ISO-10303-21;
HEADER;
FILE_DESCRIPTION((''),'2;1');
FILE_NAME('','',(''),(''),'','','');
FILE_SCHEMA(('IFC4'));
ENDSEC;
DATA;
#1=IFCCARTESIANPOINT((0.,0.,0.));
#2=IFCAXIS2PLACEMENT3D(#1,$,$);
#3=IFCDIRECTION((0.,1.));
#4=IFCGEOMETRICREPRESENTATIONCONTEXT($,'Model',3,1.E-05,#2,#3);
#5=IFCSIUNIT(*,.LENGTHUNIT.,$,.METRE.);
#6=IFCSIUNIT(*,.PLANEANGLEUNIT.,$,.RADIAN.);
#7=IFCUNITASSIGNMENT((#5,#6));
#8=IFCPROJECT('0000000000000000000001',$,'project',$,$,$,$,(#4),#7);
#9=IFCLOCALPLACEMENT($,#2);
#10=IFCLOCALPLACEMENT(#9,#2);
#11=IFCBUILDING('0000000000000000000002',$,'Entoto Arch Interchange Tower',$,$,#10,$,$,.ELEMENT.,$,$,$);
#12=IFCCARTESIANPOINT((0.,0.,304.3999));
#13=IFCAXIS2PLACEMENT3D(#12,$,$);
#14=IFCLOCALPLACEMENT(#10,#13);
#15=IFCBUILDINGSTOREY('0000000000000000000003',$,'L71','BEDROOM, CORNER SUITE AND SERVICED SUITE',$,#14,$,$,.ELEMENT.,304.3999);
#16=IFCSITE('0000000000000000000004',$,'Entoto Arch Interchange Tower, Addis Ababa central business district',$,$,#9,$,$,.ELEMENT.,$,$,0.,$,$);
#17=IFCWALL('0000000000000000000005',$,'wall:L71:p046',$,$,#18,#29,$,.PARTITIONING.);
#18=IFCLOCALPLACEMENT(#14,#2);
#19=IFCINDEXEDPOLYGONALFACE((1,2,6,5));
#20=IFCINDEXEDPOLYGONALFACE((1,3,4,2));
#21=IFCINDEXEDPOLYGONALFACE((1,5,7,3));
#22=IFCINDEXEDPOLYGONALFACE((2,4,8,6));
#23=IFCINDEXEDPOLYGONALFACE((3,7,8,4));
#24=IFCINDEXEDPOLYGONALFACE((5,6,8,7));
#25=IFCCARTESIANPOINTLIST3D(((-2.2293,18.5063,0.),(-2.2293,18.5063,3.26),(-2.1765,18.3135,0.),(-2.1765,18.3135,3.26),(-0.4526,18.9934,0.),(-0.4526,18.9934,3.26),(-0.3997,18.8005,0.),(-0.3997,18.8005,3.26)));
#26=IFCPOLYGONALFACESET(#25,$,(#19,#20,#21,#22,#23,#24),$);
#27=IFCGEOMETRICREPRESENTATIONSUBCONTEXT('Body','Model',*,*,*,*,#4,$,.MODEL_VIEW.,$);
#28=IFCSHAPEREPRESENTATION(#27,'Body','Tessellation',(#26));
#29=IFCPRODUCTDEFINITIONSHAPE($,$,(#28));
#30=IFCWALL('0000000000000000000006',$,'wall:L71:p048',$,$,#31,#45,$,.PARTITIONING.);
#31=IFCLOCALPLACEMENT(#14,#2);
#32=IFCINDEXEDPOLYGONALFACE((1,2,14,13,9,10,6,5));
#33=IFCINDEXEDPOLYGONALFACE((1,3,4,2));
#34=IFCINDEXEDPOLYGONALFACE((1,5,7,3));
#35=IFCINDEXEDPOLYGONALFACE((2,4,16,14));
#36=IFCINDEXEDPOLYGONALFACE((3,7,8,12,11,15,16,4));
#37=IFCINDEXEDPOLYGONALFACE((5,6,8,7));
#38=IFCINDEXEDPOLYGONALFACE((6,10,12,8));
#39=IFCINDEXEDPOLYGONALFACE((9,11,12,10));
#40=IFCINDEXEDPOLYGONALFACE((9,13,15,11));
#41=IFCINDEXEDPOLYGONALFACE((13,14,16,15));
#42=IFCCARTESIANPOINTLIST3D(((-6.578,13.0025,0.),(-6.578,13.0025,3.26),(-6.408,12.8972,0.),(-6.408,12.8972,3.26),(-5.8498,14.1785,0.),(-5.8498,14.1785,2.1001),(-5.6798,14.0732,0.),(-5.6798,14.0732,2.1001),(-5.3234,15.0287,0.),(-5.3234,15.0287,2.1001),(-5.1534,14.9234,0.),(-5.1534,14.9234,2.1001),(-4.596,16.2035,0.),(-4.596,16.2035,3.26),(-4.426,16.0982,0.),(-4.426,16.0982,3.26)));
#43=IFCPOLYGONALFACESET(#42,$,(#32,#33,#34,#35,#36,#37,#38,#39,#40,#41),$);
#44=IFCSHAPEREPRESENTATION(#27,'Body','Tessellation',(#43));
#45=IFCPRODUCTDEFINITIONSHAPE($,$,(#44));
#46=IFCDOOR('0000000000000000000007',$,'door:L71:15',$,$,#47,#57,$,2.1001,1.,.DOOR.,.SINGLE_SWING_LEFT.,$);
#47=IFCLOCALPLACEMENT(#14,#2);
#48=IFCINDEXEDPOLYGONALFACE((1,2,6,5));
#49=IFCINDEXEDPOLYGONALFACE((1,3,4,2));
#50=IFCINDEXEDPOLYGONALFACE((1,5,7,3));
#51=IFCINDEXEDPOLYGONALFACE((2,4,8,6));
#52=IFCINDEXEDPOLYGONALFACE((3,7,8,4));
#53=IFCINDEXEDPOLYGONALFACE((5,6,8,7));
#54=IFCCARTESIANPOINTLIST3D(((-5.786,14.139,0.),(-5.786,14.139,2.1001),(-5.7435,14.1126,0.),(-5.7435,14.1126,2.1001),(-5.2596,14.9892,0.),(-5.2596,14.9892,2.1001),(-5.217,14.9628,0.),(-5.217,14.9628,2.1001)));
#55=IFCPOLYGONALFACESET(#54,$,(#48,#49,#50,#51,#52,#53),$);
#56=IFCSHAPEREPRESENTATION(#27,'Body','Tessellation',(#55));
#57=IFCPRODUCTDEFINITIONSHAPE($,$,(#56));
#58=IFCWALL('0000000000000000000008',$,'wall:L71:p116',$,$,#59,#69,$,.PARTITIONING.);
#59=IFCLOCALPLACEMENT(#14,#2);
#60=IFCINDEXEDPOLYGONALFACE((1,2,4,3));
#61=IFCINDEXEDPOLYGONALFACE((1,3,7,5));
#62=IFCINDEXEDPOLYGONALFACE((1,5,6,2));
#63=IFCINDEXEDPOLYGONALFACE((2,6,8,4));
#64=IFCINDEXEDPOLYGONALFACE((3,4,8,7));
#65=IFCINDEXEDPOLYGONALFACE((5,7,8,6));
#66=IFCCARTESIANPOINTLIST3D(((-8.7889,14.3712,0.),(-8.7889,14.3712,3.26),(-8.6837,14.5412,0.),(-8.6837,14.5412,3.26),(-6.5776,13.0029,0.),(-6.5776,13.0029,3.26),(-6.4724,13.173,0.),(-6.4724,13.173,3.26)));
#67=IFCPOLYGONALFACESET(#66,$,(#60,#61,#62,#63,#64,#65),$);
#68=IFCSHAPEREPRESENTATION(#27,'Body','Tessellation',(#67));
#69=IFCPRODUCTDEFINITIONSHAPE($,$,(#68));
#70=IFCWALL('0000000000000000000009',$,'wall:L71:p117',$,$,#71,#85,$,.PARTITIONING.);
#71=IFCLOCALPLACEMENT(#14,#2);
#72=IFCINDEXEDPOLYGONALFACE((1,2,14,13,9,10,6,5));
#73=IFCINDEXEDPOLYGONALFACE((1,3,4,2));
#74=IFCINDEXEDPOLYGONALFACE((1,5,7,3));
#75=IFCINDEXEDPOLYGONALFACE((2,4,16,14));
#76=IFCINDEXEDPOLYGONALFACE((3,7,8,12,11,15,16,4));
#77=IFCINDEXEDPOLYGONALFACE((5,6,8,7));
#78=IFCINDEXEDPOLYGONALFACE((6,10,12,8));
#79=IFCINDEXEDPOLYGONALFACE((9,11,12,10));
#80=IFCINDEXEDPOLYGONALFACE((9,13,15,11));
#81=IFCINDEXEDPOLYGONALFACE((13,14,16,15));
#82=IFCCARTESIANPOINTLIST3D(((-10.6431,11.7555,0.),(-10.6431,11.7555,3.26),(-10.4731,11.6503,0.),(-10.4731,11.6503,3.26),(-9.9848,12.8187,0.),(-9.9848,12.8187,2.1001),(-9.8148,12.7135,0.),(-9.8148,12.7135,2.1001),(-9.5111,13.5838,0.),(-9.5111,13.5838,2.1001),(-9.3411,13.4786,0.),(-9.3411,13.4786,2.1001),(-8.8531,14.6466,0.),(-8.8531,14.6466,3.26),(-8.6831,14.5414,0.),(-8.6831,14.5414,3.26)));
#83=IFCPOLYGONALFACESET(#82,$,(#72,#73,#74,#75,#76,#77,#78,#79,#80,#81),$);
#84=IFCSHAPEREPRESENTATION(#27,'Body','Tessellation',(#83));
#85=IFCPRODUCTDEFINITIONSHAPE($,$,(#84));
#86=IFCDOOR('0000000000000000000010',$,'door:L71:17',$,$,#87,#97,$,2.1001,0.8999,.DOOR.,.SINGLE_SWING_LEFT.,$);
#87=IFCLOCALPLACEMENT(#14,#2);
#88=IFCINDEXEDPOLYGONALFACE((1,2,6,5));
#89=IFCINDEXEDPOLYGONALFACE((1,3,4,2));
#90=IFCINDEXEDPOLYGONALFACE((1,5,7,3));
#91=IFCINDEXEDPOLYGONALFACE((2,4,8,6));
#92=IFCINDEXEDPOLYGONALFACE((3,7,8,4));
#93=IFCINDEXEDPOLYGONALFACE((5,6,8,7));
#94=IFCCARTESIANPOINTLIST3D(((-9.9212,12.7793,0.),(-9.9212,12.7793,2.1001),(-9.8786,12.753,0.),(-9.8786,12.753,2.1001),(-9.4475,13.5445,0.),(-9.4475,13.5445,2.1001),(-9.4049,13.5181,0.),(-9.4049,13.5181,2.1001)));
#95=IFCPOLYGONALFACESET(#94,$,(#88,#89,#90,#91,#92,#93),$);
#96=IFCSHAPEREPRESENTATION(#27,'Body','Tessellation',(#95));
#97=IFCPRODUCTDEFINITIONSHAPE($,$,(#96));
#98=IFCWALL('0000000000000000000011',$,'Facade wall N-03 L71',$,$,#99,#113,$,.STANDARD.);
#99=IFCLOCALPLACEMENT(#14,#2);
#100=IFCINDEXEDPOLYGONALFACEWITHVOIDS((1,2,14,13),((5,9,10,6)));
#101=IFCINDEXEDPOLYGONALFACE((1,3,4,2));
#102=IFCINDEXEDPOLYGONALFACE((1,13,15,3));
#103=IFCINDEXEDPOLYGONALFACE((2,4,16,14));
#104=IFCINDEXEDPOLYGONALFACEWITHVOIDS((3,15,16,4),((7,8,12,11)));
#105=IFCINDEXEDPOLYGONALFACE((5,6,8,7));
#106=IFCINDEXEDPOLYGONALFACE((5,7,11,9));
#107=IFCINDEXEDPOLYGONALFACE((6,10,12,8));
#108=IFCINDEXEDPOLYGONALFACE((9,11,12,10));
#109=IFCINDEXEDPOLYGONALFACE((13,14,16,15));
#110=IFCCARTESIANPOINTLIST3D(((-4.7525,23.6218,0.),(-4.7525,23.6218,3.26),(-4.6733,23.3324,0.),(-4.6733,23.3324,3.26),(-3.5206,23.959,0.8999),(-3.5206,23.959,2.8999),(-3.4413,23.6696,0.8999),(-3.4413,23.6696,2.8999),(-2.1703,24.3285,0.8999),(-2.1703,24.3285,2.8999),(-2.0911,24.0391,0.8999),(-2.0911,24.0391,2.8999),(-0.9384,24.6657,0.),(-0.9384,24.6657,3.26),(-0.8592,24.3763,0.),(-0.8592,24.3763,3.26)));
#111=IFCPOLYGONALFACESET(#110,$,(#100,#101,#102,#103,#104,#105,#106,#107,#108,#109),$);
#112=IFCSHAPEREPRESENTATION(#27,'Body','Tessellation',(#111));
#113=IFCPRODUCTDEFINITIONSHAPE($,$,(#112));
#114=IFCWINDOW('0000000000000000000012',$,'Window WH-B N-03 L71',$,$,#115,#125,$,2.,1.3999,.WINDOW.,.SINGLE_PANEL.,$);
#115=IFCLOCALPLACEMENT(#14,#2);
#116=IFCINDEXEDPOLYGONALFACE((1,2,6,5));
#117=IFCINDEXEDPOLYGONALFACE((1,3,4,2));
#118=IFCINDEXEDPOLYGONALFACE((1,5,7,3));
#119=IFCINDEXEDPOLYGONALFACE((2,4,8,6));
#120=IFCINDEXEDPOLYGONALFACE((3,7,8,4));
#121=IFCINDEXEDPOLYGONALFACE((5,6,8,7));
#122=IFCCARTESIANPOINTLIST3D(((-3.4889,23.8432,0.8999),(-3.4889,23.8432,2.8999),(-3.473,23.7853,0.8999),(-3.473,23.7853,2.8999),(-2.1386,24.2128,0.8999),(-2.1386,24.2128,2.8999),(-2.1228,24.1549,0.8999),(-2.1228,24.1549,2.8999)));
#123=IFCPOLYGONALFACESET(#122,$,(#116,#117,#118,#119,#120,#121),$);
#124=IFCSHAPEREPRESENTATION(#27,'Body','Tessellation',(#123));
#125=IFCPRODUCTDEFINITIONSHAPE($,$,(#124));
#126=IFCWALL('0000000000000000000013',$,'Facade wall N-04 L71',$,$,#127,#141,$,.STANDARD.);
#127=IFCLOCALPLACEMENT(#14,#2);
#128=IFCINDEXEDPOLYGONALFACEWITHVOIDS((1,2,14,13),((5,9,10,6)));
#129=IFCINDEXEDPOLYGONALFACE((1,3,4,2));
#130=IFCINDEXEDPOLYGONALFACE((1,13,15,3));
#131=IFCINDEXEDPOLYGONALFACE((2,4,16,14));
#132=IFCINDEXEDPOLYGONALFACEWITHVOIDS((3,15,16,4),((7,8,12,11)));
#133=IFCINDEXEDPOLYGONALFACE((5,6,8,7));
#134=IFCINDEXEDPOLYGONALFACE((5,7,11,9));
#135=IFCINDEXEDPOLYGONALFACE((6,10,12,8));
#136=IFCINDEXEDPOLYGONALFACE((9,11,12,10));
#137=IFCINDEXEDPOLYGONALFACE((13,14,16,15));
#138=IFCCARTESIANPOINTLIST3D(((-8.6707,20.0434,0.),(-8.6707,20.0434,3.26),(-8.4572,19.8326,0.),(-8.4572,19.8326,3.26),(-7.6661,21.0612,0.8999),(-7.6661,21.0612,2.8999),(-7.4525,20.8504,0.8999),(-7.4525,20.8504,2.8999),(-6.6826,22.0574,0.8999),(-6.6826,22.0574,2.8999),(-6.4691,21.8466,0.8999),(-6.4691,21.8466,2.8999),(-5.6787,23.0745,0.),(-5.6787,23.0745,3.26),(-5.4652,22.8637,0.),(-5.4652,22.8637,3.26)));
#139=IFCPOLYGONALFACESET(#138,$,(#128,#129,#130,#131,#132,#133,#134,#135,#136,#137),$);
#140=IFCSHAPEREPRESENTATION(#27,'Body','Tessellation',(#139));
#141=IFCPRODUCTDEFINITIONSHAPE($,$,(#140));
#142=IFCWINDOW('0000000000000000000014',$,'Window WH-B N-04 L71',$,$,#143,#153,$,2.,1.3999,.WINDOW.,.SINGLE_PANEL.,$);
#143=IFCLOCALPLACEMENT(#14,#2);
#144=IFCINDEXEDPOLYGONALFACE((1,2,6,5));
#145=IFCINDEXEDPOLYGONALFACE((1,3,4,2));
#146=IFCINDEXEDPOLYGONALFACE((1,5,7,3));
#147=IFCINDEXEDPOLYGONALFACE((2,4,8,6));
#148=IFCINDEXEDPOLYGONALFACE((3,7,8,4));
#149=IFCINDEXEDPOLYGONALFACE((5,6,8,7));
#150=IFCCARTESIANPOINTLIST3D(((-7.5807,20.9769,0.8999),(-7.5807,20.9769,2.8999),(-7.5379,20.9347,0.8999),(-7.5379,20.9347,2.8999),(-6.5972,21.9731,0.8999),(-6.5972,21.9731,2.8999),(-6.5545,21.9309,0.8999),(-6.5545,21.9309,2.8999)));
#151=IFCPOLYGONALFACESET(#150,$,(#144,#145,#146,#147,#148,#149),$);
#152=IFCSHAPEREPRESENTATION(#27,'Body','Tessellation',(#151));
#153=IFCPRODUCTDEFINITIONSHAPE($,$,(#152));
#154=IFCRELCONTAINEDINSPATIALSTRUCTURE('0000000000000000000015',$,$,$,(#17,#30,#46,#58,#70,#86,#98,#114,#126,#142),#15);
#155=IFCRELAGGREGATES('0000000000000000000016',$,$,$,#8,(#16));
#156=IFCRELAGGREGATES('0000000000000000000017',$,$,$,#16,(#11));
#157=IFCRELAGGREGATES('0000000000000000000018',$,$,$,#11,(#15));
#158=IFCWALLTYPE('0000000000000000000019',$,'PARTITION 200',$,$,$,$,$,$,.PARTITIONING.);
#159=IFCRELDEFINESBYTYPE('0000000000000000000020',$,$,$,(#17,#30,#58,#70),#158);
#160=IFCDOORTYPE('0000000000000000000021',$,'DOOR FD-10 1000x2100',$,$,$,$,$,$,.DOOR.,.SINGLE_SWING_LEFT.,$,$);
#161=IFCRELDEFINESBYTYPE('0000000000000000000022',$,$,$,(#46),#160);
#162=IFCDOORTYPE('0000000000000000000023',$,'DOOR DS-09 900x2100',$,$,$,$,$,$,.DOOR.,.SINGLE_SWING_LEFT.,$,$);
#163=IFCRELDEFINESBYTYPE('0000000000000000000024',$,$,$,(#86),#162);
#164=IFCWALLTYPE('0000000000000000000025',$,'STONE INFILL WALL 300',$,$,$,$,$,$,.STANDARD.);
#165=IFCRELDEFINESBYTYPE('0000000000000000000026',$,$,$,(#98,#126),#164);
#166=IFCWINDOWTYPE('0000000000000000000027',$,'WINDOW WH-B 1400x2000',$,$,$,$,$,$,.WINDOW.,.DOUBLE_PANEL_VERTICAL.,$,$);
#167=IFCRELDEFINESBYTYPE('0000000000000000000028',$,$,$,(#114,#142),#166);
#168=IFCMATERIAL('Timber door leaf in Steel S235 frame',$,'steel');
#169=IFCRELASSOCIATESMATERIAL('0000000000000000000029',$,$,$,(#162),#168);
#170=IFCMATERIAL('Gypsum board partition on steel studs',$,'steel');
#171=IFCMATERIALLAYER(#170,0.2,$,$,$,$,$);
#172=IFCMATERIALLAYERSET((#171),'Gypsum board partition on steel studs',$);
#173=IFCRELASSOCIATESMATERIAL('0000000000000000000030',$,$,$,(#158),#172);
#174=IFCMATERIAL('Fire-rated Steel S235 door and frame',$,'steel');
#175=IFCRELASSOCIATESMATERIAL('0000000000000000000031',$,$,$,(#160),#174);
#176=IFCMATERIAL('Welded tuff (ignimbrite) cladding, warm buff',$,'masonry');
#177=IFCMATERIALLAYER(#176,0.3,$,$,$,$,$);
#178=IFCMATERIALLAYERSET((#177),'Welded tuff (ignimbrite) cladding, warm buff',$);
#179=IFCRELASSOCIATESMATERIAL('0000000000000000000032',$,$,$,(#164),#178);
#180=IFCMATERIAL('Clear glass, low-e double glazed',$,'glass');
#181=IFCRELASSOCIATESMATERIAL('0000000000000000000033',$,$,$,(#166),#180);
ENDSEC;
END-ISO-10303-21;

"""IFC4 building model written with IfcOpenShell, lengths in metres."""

from ifc_helpers import new_model, si_unit, direction, frame, frame_2d, origin, place, context, subcontext, project, spatial, rectangle, extrude, material, layer, layer_set, type_object, element, fill, save


model = new_model("IFC4")

# Units and contexts
model_context = context("Model", 3, precision=1e-05, world=origin(), true_north=direction((0.0, 1.0)))
body_context = subcontext(model_context, "Body", "Model", "MODEL_VIEW")
ifc_project = project(units=[si_unit("LENGTHUNIT", "METRE"), si_unit("PLANEANGLEUNIT", "RADIAN")], contexts=[model_context])

# Site, building, storey
site_placement = place(None, origin())
site = spatial("IfcSite", under=ifc_project, at=site_placement, Name="Entoto Arch Interchange Tower, Addis Ababa central business district", CompositionType="ELEMENT", RefElevation=0.0)
building_placement = place(site_placement, origin())
building = spatial("IfcBuilding", under=site, at=building_placement, Name="Entoto Arch Interchange Tower", CompositionType="ELEMENT")
storey_placement = place(building_placement, frame((0.0, 0.0, 304.3999)))
storey = spatial("IfcBuildingStorey", under=building, at=storey_placement, Name="L71", Description="BEDROOM, CORNER SUITE AND SERVICED SUITE", CompositionType="ELEMENT", Elevation=304.3999)

# Shared definitions
ifc_material_1 = material(Name="Gypsum board partition on steel studs", Category="steel")
ifc_material_2 = material(Name="Timber door leaf in Steel S235 frame", Category="steel")
door_type_1 = type_object("IfcDoorType", Name="DOOR DS-09 900x2100", OperationType="SINGLE_SWING_LEFT", PredefinedType="DOOR", material=ifc_material_2)

# Shared definitions
ifc_layer_1 = layer(ifc_material_1, 0.2)
ifc_layer_set_1 = layer_set([ifc_layer_1], Name="Gypsum board partition on steel studs")
wall_type_1 = type_object("IfcWallType", Name="PARTITION 200", PredefinedType="PARTITIONING", material=ifc_layer_set_1)

# Wall
wall_1_placement = place(storey_placement, frame((-2.2029, 18.4099, 0.0), z_axis=(0.0, 0.0, 1.0), x_axis=(0.964424, 0.264362, 0.0)))
element("IfcWall", 1, at=wall_1_placement, inside=storey, type_object=wall_type_1, Name="wall:L71:p046", PredefinedType="PARTITIONING", context=body_context, shape_type="SweptSolid", body=[
    extrude(rectangle(XDim=1.8423, YDim=0.2, at=frame_2d((0.9211, 0.0))), origin(), (0.0, 0.0, 1.0), 3.26),
])

# Wall, opening, door
wall_2_placement = place(storey_placement, frame((-6.4929, 12.95, 0.0), z_axis=(0.0, 0.0, 1.0), x_axis=(0.526433, 0.850217, 0.0)))
wall_2 = element("IfcWall", 2, at=wall_2_placement, inside=storey, type_object=wall_type_1, Name="wall:L71:p048", PredefinedType="PARTITIONING", context=body_context, shape_type="SweptSolid", body=[
    extrude(rectangle(XDim=3.7649, YDim=0.2, at=frame_2d((1.8823, 0.0))), origin(), (0.0, 0.0, 1.0), 3.26),
])
opening_1_placement = place(wall_2_placement, frame((1.3831, 0.0, 0.0)))
opening_1 = element("IfcOpeningElement", 3, at=opening_1_placement, cuts=wall_2, PredefinedType="OPENING", context=body_context, shape_type="SweptSolid", body=[
    extrude(rectangle(XDim=1.0, YDim=2.1001, at=frame_2d((0.5, 1.05))), frame((0.0, 0.1099, 0.0), z_axis=(0.0, -1.0, 0.0), x_axis=(1.0, 0.0, 0.0)), (0.0, 0.0, 1.0), 0.22),
])
ifc_material_3 = material(Name="Fire-rated Steel S235 door and frame", Category="steel")
door_type_2 = type_object("IfcDoorType", Name="DOOR FD-10 1000x2100", OperationType="SINGLE_SWING_LEFT", PredefinedType="DOOR", material=ifc_material_3)
door_1_placement = place(opening_1_placement, origin())
door_1 = element("IfcDoor", 4, at=door_1_placement, inside=storey, type_object=door_type_2, Name="door:L71:15", OperationType="SINGLE_SWING_LEFT", OverallHeight=2.1001, OverallWidth=1.0, PredefinedType="DOOR", context=body_context, shape_type="SweptSolid", body=[
    extrude(rectangle(XDim=1.0, YDim=2.1001, at=frame_2d((0.5, 1.05))), frame((0.0, 0.0249, 0.0), z_axis=(0.0, -1.0, 0.0), x_axis=(1.0, 0.0, 0.0)), (0.0, 0.0, 1.0), 0.05),
])
fill(opening_1, door_1)

# Wall
wall_3_placement = place(storey_placement, frame((-6.5249, 13.0879, 0.0), z_axis=(0.0, 0.0, 1.0), x_axis=(-0.850379, 0.52617, 0.0)))
element("IfcWall", 5, at=wall_3_placement, inside=storey, type_object=wall_type_1, Name="wall:L71:p116", PredefinedType="PARTITIONING", context=body_context, shape_type="SweptSolid", body=[
    extrude(rectangle(XDim=2.6003, YDim=0.2, at=frame_2d((1.3003, 0.0))), origin(), (0.0, 0.0, 1.0), 3.26),
])

# Wall, opening, door
wall_4_placement = place(storey_placement, frame((-8.7681, 14.594, 0.0), z_axis=(0.0, 0.0, 1.0), x_axis=(-0.526419, -0.850225, 0.0)))
wall_4 = element("IfcWall", 6, at=wall_4_placement, inside=storey, type_object=wall_type_1, Name="wall:L71:p117", PredefinedType="PARTITIONING", context=body_context, shape_type="SweptSolid", body=[
    extrude(rectangle(XDim=3.4004, YDim=0.2, at=frame_2d((1.7002, 0.0))), origin(), (0.0, 0.0, 1.0), 3.26),
])
opening_2_placement = place(wall_4_placement, frame((1.25, 0.0, 0.0)))
opening_2 = element("IfcOpeningElement", 7, at=opening_2_placement, cuts=wall_4, PredefinedType="OPENING", context=body_context, shape_type="SweptSolid", body=[
    extrude(rectangle(XDim=0.8999, YDim=2.1001, at=frame_2d((0.45, 1.05))), frame((0.0, 0.1099, 0.0), z_axis=(0.0, -1.0, 0.0), x_axis=(1.0, 0.0, 0.0)), (0.0, 0.0, 1.0), 0.22),
])
door_2_placement = place(opening_2_placement, origin())
door_2 = element("IfcDoor", 8, at=door_2_placement, inside=storey, type_object=door_type_1, Name="door:L71:17", OperationType="SINGLE_SWING_LEFT", OverallHeight=2.1001, OverallWidth=0.8999, PredefinedType="DOOR", context=body_context, shape_type="SweptSolid", body=[
    extrude(rectangle(XDim=0.8999, YDim=2.1001, at=frame_2d((0.45, 1.05))), frame((0.0, 0.0249, 0.0), z_axis=(0.0, -1.0, 0.0), x_axis=(1.0, 0.0, 0.0)), (0.0, 0.0, 1.0), 0.05),
])
fill(opening_2, door_2)

# Walls, openings, windows
ifc_material_4 = material(Name="Welded tuff (ignimbrite) cladding, warm buff", Category="masonry")
ifc_layer_2 = layer(ifc_material_4, 0.3)
ifc_layer_set_2 = layer_set([ifc_layer_2], Name="Welded tuff (ignimbrite) cladding, warm buff")
wall_type_2 = type_object("IfcWallType", Name="STONE INFILL WALL 300", PredefinedType="STANDARD", material=ifc_layer_set_2)
wall_5_placement = place(storey_placement, frame((-0.8989, 24.521, 0.0), z_axis=(0.0, 0.0, 1.0), x_axis=(-0.964521, -0.264005, 0.0)))
wall_5 = element("IfcWall", 9, at=wall_5_placement, inside=storey, type_object=wall_type_2, Name="Facade wall N-03 L71", PredefinedType="STANDARD", context=body_context, shape_type="SweptSolid", body=[
    extrude(rectangle(XDim=3.9543, YDim=0.3, at=frame_2d((1.9771, 0.0))), origin(), (0.0, 0.0, 1.0), 3.26),
])
opening_3_placement = place(wall_5_placement, frame((1.2771, 0.0, 0.8999)))
opening_3 = element("IfcOpeningElement", 10, at=opening_3_placement, cuts=wall_5, PredefinedType="OPENING", context=body_context, shape_type="SweptSolid", body=[
    extrude(rectangle(XDim=1.3999, YDim=2.0, at=frame_2d((0.7, 1.0))), frame((0.0, 0.1602, 0.0), z_axis=(0.0, -1.0, 0.0), x_axis=(1.0, 0.0, 0.0)), (0.0, 0.0, 1.0), 0.3201),
])
ifc_material_5 = material(Name="Clear glass, low-e double glazed", Category="glass")
window_type_1 = type_object("IfcWindowType", Name="WINDOW WH-B 1400x2000", PartitioningType="DOUBLE_PANEL_VERTICAL", PredefinedType="WINDOW", material=ifc_material_5)
window_1_placement = place(opening_3_placement, origin())
window_1 = element("IfcWindow", 11, at=window_1_placement, inside=storey, type_object=window_type_1, Name="Window WH-B N-03 L71", OverallHeight=2.0, OverallWidth=1.3999, PartitioningType="SINGLE_PANEL", PredefinedType="WINDOW", context=body_context, shape_type="SweptSolid", body=[
    extrude(rectangle(XDim=1.3999, YDim=2.0, at=frame_2d((0.7, 1.0))), frame((0.0, 0.03, 0.0), z_axis=(0.0, -1.0, 0.0), x_axis=(1.0, 0.0, 0.0)), (0.0, 0.0, 1.0), 0.0601),
])
fill(opening_3, window_1)
wall_6_placement = place(storey_placement, frame((-5.572, 22.969, 0.0), z_axis=(0.0, 0.0, 1.0), x_axis=(-0.702506, -0.711678, 0.0)))
wall_6 = element("IfcWall", 12, at=wall_6_placement, inside=storey, type_object=wall_type_2, Name="Facade wall N-04 L71", PredefinedType="STANDARD", context=body_context, shape_type="SweptSolid", body=[
    extrude(rectangle(XDim=4.259, YDim=0.3, at=frame_2d((2.1294, 0.0))), origin(), (0.0, 0.0, 1.0), 3.26),
])
opening_4_placement = place(wall_6_placement, frame((1.429, 0.0, 0.8999)))
opening_4 = element("IfcOpeningElement", 13, at=opening_4_placement, cuts=wall_6, PredefinedType="OPENING", context=body_context, shape_type="SweptSolid", body=[
    extrude(rectangle(XDim=1.3999, YDim=2.0, at=frame_2d((0.7, 1.0))), frame((0.0, 0.1602, 0.0), z_axis=(0.0, -1.0, 0.0), x_axis=(1.0, 0.0, 0.0)), (0.0, 0.0, 1.0), 0.3201),
])
window_2_placement = place(opening_4_placement, origin())
window_2 = element("IfcWindow", 14, at=window_2_placement, inside=storey, type_object=window_type_1, Name="Window WH-B N-04 L71", OverallHeight=2.0, OverallWidth=1.3999, PartitioningType="SINGLE_PANEL", PredefinedType="WINDOW", context=body_context, shape_type="SweptSolid", body=[
    extrude(rectangle(XDim=1.3999, YDim=2.0, at=frame_2d((0.7, 1.0))), frame((0.0, 0.03, 0.0), z_axis=(0.0, -1.0, 0.0), x_axis=(1.0, 0.0, 0.0)), (0.0, 0.0, 1.0), 0.0601),
])
fill(opening_4, window_2)

save(model, "model.ifc")
